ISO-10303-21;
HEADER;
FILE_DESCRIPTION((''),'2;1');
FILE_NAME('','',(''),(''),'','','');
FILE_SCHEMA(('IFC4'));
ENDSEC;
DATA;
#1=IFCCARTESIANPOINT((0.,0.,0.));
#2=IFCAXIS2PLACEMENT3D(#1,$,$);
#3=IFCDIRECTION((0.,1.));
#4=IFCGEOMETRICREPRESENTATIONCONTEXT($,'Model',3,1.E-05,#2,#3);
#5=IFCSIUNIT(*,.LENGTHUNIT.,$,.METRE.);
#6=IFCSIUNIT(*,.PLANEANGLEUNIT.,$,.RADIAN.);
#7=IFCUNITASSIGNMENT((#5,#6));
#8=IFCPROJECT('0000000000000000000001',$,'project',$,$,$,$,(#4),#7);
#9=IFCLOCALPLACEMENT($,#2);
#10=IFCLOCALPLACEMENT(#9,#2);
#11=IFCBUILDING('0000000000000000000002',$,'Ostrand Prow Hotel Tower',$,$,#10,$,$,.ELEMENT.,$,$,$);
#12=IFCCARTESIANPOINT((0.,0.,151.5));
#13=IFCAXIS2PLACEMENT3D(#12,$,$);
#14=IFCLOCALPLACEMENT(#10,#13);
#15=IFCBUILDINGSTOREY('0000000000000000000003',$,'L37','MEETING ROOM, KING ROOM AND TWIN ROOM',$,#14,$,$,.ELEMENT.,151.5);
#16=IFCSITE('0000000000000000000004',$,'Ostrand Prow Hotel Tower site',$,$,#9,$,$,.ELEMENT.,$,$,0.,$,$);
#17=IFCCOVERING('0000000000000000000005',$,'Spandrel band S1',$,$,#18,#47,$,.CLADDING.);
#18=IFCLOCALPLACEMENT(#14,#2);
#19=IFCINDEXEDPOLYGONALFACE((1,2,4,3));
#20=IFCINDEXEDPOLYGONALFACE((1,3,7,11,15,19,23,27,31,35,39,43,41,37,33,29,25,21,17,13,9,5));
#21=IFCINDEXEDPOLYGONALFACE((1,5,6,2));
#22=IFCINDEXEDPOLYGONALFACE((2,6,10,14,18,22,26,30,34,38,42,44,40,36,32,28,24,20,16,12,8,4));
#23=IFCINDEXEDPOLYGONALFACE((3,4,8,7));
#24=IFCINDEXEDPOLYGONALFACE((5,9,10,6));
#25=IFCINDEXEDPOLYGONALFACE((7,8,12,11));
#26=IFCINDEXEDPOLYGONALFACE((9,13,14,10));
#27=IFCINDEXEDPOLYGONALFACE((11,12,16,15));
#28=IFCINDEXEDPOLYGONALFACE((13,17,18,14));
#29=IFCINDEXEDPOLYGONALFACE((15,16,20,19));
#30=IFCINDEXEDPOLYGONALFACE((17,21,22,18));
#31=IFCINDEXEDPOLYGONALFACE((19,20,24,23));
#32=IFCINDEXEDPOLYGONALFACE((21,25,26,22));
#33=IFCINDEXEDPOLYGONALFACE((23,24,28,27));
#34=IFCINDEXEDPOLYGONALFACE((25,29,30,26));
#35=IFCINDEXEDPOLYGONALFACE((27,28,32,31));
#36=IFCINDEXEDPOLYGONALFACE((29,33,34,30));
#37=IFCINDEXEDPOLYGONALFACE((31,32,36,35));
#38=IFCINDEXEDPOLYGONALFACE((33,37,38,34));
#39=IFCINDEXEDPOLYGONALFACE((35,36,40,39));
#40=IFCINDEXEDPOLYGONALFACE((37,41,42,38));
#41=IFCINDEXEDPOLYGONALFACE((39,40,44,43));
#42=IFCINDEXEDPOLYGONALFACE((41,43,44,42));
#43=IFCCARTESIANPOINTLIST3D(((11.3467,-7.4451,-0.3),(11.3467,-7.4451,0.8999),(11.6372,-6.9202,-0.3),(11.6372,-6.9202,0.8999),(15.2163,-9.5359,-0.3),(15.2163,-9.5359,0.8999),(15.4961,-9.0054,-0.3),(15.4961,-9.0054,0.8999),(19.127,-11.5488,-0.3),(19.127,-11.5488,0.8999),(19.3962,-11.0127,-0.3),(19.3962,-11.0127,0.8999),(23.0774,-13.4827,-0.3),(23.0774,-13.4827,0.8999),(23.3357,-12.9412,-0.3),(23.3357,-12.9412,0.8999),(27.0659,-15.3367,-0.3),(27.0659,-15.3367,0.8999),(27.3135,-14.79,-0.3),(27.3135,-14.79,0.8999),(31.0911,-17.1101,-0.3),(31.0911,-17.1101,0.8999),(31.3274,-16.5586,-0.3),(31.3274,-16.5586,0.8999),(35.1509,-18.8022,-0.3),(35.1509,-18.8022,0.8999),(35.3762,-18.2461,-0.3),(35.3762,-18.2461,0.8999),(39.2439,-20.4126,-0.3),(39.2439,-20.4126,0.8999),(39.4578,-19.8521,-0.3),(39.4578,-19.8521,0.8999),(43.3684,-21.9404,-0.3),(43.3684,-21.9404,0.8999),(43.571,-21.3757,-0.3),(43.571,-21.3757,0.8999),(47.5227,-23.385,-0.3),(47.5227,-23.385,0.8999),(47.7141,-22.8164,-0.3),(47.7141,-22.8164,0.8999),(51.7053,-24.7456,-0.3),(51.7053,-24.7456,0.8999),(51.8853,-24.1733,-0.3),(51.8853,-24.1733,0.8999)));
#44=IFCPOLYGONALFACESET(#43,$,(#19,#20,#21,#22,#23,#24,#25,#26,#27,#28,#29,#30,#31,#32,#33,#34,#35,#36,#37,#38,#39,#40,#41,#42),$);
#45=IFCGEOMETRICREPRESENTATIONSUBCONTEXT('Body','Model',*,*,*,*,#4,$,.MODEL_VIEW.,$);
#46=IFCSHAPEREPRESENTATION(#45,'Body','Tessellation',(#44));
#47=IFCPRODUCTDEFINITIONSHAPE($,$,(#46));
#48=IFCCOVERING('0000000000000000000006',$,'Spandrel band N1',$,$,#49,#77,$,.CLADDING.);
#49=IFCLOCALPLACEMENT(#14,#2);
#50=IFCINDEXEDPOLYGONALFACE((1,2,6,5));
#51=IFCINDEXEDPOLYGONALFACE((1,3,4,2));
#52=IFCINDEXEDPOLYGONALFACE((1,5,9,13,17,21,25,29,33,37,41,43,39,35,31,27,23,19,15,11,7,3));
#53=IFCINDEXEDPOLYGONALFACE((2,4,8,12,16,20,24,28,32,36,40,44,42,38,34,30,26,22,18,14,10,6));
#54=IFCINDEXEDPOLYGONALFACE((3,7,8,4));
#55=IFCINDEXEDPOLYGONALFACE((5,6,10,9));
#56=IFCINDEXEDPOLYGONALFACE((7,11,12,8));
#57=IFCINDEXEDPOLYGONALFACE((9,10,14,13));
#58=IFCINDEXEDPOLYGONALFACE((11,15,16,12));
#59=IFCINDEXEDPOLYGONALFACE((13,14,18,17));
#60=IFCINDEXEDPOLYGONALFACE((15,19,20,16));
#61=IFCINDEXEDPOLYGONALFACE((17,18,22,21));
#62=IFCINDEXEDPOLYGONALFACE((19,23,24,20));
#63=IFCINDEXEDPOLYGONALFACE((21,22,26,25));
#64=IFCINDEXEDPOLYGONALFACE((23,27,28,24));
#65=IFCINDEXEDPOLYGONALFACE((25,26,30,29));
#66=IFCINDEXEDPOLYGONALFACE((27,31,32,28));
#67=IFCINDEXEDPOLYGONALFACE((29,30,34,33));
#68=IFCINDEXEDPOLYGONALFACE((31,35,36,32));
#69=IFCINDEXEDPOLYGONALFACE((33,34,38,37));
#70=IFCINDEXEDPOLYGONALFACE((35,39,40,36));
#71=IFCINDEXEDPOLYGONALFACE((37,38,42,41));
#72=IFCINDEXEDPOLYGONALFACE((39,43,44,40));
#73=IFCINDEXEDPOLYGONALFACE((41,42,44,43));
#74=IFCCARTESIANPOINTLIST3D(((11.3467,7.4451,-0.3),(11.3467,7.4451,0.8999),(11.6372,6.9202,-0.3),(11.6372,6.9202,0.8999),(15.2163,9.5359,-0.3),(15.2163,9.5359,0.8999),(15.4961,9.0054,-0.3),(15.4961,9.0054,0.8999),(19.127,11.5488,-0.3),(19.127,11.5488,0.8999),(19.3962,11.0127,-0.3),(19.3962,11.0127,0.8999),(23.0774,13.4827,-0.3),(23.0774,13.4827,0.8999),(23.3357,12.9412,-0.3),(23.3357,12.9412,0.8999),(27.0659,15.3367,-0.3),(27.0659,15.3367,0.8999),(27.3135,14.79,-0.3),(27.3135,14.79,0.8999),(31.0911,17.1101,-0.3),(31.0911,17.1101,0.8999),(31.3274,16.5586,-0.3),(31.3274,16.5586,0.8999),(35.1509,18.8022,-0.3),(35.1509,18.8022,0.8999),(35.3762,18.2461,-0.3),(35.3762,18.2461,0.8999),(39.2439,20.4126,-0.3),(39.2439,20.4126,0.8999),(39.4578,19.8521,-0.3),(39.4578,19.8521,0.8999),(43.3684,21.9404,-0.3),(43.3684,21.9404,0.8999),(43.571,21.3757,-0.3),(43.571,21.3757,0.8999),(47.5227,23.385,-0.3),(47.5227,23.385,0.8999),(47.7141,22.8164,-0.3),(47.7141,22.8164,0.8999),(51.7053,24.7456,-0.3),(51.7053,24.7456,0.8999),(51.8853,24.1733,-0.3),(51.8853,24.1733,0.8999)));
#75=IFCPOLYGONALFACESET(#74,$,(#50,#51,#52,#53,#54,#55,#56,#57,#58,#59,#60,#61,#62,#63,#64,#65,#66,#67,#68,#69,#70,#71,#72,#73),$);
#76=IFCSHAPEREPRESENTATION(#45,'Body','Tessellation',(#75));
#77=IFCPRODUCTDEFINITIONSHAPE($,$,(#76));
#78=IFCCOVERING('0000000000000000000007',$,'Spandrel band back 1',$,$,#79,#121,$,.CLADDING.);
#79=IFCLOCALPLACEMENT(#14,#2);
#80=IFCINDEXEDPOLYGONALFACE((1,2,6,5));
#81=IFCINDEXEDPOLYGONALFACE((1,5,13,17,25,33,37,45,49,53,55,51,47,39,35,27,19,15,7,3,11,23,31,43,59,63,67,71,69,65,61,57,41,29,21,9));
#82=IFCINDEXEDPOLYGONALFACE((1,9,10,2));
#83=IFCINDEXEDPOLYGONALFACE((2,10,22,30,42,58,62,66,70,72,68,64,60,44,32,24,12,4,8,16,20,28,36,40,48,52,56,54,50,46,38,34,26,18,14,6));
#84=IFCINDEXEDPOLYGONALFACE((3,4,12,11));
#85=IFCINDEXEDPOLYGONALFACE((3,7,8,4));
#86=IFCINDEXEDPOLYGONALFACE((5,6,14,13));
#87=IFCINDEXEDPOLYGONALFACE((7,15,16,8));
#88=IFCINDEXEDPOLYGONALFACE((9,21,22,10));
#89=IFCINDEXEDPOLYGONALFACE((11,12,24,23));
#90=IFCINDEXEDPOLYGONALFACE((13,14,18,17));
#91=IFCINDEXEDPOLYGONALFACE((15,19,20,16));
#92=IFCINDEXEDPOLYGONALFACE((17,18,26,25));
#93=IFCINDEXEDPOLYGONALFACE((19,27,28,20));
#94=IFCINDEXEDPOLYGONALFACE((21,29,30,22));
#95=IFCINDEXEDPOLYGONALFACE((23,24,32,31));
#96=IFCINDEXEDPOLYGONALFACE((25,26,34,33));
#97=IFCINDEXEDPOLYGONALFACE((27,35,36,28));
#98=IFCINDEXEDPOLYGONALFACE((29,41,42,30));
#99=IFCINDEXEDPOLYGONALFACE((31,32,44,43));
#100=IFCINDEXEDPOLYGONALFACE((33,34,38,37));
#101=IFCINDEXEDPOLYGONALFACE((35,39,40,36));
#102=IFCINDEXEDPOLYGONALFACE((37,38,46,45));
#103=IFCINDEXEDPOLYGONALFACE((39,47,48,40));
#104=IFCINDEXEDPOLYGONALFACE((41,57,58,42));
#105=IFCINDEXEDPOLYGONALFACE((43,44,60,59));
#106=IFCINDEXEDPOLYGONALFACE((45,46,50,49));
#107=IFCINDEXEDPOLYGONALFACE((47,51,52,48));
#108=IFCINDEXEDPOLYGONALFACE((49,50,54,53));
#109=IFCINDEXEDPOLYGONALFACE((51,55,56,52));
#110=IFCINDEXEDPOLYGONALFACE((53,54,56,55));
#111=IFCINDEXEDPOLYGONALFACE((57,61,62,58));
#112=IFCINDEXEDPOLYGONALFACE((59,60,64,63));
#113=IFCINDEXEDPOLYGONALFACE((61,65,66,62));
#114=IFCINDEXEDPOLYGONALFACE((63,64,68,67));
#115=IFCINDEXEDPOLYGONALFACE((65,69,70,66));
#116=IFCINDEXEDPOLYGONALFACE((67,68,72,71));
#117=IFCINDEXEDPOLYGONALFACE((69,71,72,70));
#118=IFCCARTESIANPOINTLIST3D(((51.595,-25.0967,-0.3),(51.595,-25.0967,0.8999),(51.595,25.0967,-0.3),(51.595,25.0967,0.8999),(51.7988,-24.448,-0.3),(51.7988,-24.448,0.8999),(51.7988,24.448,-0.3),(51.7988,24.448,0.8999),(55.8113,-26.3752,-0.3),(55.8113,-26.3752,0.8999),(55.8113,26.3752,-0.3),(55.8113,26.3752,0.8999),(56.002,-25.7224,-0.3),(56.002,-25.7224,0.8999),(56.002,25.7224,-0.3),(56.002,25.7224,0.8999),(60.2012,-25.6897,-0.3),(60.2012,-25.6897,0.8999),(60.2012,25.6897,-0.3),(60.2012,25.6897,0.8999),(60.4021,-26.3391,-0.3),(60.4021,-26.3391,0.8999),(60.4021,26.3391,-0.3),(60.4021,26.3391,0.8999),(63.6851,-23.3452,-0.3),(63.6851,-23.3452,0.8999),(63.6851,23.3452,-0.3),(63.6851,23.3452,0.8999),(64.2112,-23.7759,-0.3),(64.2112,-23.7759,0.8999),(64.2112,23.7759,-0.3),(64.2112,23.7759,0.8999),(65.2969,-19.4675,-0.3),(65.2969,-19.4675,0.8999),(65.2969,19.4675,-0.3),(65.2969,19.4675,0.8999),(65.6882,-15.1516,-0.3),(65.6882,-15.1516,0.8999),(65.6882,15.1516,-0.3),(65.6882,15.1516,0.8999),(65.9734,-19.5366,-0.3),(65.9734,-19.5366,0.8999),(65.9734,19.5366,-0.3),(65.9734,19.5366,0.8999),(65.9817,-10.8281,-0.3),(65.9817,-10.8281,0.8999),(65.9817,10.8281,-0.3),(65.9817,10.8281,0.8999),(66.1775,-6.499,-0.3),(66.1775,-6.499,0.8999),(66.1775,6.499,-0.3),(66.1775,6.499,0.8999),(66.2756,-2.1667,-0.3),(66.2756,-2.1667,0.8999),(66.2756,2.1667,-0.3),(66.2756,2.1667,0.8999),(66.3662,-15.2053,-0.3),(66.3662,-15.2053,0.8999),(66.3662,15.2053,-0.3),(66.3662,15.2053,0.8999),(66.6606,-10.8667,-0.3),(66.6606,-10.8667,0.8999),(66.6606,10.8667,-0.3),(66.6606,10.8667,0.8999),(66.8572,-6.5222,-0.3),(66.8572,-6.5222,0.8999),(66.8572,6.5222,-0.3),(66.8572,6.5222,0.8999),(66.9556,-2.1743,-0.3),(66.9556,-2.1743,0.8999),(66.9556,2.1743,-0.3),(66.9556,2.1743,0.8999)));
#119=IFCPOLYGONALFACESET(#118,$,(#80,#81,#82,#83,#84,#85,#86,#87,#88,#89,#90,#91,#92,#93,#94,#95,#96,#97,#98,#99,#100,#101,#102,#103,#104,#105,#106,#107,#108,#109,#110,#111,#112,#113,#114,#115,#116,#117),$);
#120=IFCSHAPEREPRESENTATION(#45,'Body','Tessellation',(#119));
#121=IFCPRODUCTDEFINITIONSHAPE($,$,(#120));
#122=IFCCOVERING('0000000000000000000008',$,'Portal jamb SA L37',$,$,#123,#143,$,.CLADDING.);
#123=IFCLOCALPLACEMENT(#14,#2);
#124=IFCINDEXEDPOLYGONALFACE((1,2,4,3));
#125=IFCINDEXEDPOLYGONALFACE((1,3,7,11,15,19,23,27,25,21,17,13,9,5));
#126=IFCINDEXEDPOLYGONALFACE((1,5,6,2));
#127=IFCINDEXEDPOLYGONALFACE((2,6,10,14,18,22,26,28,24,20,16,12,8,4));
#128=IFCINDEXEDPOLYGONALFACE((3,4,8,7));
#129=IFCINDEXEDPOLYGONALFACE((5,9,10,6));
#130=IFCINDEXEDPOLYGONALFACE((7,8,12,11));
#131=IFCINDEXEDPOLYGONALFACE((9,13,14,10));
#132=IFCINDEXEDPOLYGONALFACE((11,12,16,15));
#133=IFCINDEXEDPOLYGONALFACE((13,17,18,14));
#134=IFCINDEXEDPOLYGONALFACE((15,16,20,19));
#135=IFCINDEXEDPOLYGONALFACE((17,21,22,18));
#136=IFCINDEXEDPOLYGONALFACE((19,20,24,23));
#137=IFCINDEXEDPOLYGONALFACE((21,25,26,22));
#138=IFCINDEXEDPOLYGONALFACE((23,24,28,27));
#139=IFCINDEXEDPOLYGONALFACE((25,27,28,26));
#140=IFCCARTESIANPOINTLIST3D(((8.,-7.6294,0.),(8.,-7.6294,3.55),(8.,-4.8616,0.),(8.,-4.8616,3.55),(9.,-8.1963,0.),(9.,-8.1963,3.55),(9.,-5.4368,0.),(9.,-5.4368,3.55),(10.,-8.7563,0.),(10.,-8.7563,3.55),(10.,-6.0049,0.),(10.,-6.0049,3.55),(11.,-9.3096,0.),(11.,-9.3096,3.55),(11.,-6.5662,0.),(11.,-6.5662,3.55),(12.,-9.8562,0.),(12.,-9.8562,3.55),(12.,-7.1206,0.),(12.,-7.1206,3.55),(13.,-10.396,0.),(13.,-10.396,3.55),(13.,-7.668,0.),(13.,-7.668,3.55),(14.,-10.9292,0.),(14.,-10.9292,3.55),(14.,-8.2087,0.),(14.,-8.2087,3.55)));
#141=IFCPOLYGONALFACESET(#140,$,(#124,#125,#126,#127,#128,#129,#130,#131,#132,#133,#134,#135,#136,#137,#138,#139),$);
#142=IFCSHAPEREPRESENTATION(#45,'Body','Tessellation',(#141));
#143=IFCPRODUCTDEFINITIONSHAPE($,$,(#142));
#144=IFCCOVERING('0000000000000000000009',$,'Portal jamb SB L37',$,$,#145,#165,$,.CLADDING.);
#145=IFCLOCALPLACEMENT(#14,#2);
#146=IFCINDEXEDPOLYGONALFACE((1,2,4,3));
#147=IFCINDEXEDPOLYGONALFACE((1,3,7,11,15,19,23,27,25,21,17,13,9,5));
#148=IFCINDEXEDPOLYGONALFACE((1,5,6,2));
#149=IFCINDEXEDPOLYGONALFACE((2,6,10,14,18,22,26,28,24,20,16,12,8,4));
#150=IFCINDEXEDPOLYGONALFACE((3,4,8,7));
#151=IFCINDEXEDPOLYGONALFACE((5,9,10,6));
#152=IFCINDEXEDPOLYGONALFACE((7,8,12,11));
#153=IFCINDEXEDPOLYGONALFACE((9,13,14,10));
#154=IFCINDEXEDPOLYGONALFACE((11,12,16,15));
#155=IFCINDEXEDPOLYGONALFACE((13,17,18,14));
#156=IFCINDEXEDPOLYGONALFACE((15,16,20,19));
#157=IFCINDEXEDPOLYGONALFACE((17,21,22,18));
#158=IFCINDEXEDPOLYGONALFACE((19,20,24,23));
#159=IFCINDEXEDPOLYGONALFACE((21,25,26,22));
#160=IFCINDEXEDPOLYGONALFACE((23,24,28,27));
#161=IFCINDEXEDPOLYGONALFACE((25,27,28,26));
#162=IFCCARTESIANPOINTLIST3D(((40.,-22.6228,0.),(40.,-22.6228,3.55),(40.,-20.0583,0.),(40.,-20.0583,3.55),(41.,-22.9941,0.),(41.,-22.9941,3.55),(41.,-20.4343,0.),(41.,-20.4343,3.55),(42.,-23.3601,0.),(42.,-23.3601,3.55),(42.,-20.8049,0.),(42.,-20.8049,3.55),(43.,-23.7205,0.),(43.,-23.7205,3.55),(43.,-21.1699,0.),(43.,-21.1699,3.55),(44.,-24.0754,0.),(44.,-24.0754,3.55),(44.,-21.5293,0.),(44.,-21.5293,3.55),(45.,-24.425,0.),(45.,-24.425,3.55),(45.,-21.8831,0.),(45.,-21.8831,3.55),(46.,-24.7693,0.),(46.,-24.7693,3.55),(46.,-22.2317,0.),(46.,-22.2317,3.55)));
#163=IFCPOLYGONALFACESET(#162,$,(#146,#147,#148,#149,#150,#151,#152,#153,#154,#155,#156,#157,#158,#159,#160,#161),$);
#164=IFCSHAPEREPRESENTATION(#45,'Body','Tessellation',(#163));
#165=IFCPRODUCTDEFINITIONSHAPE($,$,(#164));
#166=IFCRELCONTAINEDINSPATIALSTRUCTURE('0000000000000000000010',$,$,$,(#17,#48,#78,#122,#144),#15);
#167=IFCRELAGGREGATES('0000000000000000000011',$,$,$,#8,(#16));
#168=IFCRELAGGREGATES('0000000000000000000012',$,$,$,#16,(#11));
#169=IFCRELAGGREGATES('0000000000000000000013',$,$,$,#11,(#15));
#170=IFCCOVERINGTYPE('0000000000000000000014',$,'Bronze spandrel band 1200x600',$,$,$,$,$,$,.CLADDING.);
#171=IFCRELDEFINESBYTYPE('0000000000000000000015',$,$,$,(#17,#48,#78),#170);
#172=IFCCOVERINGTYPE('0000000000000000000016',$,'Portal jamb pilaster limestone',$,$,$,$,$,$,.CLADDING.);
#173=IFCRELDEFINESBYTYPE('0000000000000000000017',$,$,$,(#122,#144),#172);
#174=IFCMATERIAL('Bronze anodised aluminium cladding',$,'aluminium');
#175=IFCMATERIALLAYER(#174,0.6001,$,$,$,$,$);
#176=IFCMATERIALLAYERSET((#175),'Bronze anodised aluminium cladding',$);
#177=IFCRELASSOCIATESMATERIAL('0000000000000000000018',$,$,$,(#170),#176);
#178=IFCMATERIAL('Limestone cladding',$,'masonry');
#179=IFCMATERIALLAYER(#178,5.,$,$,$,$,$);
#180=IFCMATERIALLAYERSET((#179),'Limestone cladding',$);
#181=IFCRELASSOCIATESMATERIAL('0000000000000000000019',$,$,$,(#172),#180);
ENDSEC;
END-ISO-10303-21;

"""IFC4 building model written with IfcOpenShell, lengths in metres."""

from ifc_helpers import new_model, si_unit, direction, frame, origin, place, context, subcontext, project, spatial, polyline, outline, extrude, material, layer, layer_set, type_object, element, save


model = new_model("IFC4")

# Units and contexts
model_context = context("Model", 3, precision=1e-05, world=origin(), true_north=direction((0.0, 1.0)))
body_context = subcontext(model_context, "Body", "Model", "MODEL_VIEW")
ifc_project = project(units=[si_unit("LENGTHUNIT", "METRE"), si_unit("PLANEANGLEUNIT", "RADIAN")], contexts=[model_context])

# Site, building, storey
site_placement = place(None, origin())
site = spatial("IfcSite", under=ifc_project, at=site_placement, Name="Ostrand Prow Hotel Tower site", CompositionType="ELEMENT", RefElevation=0.0)
building_placement = place(site_placement, origin())
building = spatial("IfcBuilding", under=site, at=building_placement, Name="Ostrand Prow Hotel Tower", CompositionType="ELEMENT")
storey_placement = place(building_placement, frame((0.0, 0.0, 151.5)))
storey = spatial("IfcBuildingStorey", under=building, at=storey_placement, Name="L37", Description="MEETING ROOM, KING ROOM AND TWIN ROOM", CompositionType="ELEMENT", Elevation=151.5)

# Coverings
ifc_material_1 = material(Name="Bronze anodised aluminium cladding", Category="aluminium")
ifc_layer_1 = layer(ifc_material_1, 0.6001)
ifc_layer_set_1 = layer_set([ifc_layer_1], Name="Bronze anodised aluminium cladding")
covering_type_1 = type_object("IfcCoveringType", Name="Bronze spandrel band 1200x600", PredefinedType="CLADDING", material=ifc_layer_set_1)
covering_1_placement = place(storey_placement, frame((0.0, 0.0, -0.3)))
element("IfcCovering", 1, at=covering_1_placement, inside=storey, type_object=covering_type_1, Name="Spandrel band S1", PredefinedType="CLADDING", context=body_context, shape_type="SweptSolid", body=[
    extrude(outline(polyline([(11.3467, -7.4451), (15.2163, -9.5359), (19.127, -11.5488), (23.0774, -13.4827), (27.0659, -15.3367), (31.0911, -17.1101), (35.1509, -18.8022), (39.2439, -20.4126), (43.3684, -21.9404), (47.5227, -23.385), (51.7053, -24.7456), (51.8853, -24.1733), (47.7141, -22.8164), (43.571, -21.3757), (39.4578, -19.8521), (35.3762, -18.2461), (31.3274, -16.5586), (27.3135, -14.79), (23.3357, -12.9412), (19.3962, -11.0127), (15.4961, -9.0054), (11.6372, -6.9202), (11.3467, -7.4451)])), origin(), (0.0, 0.0, 1.0), 1.2),
])
covering_2_placement = place(storey_placement, frame((0.0, 0.0, -0.3)))
element("IfcCovering", 2, at=covering_2_placement, inside=storey, type_object=covering_type_1, Name="Spandrel band N1", PredefinedType="CLADDING", context=body_context, shape_type="SweptSolid", body=[
    extrude(outline(polyline([(51.7053, 24.7456), (47.5227, 23.385), (43.3684, 21.9404), (39.2439, 20.4126), (35.1509, 18.8022), (31.0911, 17.1101), (27.0659, 15.3367), (23.0774, 13.4827), (19.127, 11.5488), (15.2163, 9.5359), (11.3467, 7.4451), (11.6372, 6.9202), (15.4961, 9.0054), (19.3962, 11.0127), (23.3357, 12.9412), (27.3135, 14.79), (31.3274, 16.5586), (35.3762, 18.2461), (39.4578, 19.8521), (43.571, 21.3757), (47.7141, 22.8164), (51.8853, 24.1733), (51.7053, 24.7456)])), origin(), (0.0, 0.0, 1.0), 1.2),
])
covering_3_placement = place(storey_placement, frame((0.0, 0.0, -0.3)))
element("IfcCovering", 3, at=covering_3_placement, inside=storey, type_object=covering_type_1, Name="Spandrel band back 1", PredefinedType="CLADDING", context=body_context, shape_type="SweptSolid", body=[
    extrude(outline(polyline([(51.595, -25.0967), (55.8113, -26.3752), (60.4021, -26.3391), (64.2112, -23.7759), (65.9734, -19.5366), (66.3662, -15.2053), (66.6606, -10.8667), (66.8572, -6.5222), (66.9556, -2.1743), (66.9556, 2.1743), (66.8572, 6.5222), (66.6606, 10.8667), (66.3662, 15.2053), (65.9734, 19.5366), (64.2112, 23.7759), (60.4021, 26.3391), (55.8113, 26.3752), (51.595, 25.0967), (51.7988, 24.448), (56.002, 25.7224), (60.2012, 25.6897), (63.6851, 23.3452), (65.2969, 19.4675), (65.6882, 15.1516), (65.9817, 10.8281), (66.1775, 6.499), (66.2756, 2.1667), (66.2756, -2.1667), (66.1775, -6.499), (65.9817, -10.8281), (65.6882, -15.1516), (65.2969, -19.4675), (63.6851, -23.3452), (60.2012, -25.6897), (56.002, -25.7224), (51.7988, -24.448), (51.595, -25.0967)])), origin(), (0.0, 0.0, 1.0), 1.2),
])
ifc_material_2 = material(Name="Limestone cladding", Category="masonry")
ifc_layer_2 = layer(ifc_material_2, 5.0)
ifc_layer_set_2 = layer_set([ifc_layer_2], Name="Limestone cladding")
covering_type_2 = type_object("IfcCoveringType", Name="Portal jamb pilaster limestone", PredefinedType="CLADDING", material=ifc_layer_set_2)
covering_4_placement = place(storey_placement, origin())
element("IfcCovering", 4, at=covering_4_placement, inside=storey, type_object=covering_type_2, Name="Portal jamb SA L37", PredefinedType="CLADDING", context=body_context, shape_type="SweptSolid", body=[
    extrude(outline(polyline([(8.0, -4.8616), (8.0, -7.6294), (9.0, -8.1963), (10.0, -8.7563), (11.0, -9.3096), (12.0, -9.8562), (13.0, -10.396), (14.0, -10.9292), (14.0, -8.2087), (13.0, -7.668), (12.0, -7.1206), (11.0, -6.5662), (10.0, -6.0049), (9.0, -5.4368), (8.0, -4.8616)])), origin(), (0.0, 0.0, 1.0), 3.55),
])
covering_5_placement = place(storey_placement, origin())
element("IfcCovering", 5, at=covering_5_placement, inside=storey, type_object=covering_type_2, Name="Portal jamb SB L37", PredefinedType="CLADDING", context=body_context, shape_type="SweptSolid", body=[
    extrude(outline(polyline([(40.0, -20.0583), (40.0, -22.6228), (41.0, -22.9941), (42.0, -23.3601), (43.0, -23.7205), (44.0, -24.0754), (45.0, -24.425), (46.0, -24.7693), (46.0, -22.2317), (45.0, -21.8831), (44.0, -21.5293), (43.0, -21.1699), (42.0, -20.8049), (41.0, -20.4343), (40.0, -20.0583)])), origin(), (0.0, 0.0, 1.0), 3.55),
])

save(model, "model.ifc")
